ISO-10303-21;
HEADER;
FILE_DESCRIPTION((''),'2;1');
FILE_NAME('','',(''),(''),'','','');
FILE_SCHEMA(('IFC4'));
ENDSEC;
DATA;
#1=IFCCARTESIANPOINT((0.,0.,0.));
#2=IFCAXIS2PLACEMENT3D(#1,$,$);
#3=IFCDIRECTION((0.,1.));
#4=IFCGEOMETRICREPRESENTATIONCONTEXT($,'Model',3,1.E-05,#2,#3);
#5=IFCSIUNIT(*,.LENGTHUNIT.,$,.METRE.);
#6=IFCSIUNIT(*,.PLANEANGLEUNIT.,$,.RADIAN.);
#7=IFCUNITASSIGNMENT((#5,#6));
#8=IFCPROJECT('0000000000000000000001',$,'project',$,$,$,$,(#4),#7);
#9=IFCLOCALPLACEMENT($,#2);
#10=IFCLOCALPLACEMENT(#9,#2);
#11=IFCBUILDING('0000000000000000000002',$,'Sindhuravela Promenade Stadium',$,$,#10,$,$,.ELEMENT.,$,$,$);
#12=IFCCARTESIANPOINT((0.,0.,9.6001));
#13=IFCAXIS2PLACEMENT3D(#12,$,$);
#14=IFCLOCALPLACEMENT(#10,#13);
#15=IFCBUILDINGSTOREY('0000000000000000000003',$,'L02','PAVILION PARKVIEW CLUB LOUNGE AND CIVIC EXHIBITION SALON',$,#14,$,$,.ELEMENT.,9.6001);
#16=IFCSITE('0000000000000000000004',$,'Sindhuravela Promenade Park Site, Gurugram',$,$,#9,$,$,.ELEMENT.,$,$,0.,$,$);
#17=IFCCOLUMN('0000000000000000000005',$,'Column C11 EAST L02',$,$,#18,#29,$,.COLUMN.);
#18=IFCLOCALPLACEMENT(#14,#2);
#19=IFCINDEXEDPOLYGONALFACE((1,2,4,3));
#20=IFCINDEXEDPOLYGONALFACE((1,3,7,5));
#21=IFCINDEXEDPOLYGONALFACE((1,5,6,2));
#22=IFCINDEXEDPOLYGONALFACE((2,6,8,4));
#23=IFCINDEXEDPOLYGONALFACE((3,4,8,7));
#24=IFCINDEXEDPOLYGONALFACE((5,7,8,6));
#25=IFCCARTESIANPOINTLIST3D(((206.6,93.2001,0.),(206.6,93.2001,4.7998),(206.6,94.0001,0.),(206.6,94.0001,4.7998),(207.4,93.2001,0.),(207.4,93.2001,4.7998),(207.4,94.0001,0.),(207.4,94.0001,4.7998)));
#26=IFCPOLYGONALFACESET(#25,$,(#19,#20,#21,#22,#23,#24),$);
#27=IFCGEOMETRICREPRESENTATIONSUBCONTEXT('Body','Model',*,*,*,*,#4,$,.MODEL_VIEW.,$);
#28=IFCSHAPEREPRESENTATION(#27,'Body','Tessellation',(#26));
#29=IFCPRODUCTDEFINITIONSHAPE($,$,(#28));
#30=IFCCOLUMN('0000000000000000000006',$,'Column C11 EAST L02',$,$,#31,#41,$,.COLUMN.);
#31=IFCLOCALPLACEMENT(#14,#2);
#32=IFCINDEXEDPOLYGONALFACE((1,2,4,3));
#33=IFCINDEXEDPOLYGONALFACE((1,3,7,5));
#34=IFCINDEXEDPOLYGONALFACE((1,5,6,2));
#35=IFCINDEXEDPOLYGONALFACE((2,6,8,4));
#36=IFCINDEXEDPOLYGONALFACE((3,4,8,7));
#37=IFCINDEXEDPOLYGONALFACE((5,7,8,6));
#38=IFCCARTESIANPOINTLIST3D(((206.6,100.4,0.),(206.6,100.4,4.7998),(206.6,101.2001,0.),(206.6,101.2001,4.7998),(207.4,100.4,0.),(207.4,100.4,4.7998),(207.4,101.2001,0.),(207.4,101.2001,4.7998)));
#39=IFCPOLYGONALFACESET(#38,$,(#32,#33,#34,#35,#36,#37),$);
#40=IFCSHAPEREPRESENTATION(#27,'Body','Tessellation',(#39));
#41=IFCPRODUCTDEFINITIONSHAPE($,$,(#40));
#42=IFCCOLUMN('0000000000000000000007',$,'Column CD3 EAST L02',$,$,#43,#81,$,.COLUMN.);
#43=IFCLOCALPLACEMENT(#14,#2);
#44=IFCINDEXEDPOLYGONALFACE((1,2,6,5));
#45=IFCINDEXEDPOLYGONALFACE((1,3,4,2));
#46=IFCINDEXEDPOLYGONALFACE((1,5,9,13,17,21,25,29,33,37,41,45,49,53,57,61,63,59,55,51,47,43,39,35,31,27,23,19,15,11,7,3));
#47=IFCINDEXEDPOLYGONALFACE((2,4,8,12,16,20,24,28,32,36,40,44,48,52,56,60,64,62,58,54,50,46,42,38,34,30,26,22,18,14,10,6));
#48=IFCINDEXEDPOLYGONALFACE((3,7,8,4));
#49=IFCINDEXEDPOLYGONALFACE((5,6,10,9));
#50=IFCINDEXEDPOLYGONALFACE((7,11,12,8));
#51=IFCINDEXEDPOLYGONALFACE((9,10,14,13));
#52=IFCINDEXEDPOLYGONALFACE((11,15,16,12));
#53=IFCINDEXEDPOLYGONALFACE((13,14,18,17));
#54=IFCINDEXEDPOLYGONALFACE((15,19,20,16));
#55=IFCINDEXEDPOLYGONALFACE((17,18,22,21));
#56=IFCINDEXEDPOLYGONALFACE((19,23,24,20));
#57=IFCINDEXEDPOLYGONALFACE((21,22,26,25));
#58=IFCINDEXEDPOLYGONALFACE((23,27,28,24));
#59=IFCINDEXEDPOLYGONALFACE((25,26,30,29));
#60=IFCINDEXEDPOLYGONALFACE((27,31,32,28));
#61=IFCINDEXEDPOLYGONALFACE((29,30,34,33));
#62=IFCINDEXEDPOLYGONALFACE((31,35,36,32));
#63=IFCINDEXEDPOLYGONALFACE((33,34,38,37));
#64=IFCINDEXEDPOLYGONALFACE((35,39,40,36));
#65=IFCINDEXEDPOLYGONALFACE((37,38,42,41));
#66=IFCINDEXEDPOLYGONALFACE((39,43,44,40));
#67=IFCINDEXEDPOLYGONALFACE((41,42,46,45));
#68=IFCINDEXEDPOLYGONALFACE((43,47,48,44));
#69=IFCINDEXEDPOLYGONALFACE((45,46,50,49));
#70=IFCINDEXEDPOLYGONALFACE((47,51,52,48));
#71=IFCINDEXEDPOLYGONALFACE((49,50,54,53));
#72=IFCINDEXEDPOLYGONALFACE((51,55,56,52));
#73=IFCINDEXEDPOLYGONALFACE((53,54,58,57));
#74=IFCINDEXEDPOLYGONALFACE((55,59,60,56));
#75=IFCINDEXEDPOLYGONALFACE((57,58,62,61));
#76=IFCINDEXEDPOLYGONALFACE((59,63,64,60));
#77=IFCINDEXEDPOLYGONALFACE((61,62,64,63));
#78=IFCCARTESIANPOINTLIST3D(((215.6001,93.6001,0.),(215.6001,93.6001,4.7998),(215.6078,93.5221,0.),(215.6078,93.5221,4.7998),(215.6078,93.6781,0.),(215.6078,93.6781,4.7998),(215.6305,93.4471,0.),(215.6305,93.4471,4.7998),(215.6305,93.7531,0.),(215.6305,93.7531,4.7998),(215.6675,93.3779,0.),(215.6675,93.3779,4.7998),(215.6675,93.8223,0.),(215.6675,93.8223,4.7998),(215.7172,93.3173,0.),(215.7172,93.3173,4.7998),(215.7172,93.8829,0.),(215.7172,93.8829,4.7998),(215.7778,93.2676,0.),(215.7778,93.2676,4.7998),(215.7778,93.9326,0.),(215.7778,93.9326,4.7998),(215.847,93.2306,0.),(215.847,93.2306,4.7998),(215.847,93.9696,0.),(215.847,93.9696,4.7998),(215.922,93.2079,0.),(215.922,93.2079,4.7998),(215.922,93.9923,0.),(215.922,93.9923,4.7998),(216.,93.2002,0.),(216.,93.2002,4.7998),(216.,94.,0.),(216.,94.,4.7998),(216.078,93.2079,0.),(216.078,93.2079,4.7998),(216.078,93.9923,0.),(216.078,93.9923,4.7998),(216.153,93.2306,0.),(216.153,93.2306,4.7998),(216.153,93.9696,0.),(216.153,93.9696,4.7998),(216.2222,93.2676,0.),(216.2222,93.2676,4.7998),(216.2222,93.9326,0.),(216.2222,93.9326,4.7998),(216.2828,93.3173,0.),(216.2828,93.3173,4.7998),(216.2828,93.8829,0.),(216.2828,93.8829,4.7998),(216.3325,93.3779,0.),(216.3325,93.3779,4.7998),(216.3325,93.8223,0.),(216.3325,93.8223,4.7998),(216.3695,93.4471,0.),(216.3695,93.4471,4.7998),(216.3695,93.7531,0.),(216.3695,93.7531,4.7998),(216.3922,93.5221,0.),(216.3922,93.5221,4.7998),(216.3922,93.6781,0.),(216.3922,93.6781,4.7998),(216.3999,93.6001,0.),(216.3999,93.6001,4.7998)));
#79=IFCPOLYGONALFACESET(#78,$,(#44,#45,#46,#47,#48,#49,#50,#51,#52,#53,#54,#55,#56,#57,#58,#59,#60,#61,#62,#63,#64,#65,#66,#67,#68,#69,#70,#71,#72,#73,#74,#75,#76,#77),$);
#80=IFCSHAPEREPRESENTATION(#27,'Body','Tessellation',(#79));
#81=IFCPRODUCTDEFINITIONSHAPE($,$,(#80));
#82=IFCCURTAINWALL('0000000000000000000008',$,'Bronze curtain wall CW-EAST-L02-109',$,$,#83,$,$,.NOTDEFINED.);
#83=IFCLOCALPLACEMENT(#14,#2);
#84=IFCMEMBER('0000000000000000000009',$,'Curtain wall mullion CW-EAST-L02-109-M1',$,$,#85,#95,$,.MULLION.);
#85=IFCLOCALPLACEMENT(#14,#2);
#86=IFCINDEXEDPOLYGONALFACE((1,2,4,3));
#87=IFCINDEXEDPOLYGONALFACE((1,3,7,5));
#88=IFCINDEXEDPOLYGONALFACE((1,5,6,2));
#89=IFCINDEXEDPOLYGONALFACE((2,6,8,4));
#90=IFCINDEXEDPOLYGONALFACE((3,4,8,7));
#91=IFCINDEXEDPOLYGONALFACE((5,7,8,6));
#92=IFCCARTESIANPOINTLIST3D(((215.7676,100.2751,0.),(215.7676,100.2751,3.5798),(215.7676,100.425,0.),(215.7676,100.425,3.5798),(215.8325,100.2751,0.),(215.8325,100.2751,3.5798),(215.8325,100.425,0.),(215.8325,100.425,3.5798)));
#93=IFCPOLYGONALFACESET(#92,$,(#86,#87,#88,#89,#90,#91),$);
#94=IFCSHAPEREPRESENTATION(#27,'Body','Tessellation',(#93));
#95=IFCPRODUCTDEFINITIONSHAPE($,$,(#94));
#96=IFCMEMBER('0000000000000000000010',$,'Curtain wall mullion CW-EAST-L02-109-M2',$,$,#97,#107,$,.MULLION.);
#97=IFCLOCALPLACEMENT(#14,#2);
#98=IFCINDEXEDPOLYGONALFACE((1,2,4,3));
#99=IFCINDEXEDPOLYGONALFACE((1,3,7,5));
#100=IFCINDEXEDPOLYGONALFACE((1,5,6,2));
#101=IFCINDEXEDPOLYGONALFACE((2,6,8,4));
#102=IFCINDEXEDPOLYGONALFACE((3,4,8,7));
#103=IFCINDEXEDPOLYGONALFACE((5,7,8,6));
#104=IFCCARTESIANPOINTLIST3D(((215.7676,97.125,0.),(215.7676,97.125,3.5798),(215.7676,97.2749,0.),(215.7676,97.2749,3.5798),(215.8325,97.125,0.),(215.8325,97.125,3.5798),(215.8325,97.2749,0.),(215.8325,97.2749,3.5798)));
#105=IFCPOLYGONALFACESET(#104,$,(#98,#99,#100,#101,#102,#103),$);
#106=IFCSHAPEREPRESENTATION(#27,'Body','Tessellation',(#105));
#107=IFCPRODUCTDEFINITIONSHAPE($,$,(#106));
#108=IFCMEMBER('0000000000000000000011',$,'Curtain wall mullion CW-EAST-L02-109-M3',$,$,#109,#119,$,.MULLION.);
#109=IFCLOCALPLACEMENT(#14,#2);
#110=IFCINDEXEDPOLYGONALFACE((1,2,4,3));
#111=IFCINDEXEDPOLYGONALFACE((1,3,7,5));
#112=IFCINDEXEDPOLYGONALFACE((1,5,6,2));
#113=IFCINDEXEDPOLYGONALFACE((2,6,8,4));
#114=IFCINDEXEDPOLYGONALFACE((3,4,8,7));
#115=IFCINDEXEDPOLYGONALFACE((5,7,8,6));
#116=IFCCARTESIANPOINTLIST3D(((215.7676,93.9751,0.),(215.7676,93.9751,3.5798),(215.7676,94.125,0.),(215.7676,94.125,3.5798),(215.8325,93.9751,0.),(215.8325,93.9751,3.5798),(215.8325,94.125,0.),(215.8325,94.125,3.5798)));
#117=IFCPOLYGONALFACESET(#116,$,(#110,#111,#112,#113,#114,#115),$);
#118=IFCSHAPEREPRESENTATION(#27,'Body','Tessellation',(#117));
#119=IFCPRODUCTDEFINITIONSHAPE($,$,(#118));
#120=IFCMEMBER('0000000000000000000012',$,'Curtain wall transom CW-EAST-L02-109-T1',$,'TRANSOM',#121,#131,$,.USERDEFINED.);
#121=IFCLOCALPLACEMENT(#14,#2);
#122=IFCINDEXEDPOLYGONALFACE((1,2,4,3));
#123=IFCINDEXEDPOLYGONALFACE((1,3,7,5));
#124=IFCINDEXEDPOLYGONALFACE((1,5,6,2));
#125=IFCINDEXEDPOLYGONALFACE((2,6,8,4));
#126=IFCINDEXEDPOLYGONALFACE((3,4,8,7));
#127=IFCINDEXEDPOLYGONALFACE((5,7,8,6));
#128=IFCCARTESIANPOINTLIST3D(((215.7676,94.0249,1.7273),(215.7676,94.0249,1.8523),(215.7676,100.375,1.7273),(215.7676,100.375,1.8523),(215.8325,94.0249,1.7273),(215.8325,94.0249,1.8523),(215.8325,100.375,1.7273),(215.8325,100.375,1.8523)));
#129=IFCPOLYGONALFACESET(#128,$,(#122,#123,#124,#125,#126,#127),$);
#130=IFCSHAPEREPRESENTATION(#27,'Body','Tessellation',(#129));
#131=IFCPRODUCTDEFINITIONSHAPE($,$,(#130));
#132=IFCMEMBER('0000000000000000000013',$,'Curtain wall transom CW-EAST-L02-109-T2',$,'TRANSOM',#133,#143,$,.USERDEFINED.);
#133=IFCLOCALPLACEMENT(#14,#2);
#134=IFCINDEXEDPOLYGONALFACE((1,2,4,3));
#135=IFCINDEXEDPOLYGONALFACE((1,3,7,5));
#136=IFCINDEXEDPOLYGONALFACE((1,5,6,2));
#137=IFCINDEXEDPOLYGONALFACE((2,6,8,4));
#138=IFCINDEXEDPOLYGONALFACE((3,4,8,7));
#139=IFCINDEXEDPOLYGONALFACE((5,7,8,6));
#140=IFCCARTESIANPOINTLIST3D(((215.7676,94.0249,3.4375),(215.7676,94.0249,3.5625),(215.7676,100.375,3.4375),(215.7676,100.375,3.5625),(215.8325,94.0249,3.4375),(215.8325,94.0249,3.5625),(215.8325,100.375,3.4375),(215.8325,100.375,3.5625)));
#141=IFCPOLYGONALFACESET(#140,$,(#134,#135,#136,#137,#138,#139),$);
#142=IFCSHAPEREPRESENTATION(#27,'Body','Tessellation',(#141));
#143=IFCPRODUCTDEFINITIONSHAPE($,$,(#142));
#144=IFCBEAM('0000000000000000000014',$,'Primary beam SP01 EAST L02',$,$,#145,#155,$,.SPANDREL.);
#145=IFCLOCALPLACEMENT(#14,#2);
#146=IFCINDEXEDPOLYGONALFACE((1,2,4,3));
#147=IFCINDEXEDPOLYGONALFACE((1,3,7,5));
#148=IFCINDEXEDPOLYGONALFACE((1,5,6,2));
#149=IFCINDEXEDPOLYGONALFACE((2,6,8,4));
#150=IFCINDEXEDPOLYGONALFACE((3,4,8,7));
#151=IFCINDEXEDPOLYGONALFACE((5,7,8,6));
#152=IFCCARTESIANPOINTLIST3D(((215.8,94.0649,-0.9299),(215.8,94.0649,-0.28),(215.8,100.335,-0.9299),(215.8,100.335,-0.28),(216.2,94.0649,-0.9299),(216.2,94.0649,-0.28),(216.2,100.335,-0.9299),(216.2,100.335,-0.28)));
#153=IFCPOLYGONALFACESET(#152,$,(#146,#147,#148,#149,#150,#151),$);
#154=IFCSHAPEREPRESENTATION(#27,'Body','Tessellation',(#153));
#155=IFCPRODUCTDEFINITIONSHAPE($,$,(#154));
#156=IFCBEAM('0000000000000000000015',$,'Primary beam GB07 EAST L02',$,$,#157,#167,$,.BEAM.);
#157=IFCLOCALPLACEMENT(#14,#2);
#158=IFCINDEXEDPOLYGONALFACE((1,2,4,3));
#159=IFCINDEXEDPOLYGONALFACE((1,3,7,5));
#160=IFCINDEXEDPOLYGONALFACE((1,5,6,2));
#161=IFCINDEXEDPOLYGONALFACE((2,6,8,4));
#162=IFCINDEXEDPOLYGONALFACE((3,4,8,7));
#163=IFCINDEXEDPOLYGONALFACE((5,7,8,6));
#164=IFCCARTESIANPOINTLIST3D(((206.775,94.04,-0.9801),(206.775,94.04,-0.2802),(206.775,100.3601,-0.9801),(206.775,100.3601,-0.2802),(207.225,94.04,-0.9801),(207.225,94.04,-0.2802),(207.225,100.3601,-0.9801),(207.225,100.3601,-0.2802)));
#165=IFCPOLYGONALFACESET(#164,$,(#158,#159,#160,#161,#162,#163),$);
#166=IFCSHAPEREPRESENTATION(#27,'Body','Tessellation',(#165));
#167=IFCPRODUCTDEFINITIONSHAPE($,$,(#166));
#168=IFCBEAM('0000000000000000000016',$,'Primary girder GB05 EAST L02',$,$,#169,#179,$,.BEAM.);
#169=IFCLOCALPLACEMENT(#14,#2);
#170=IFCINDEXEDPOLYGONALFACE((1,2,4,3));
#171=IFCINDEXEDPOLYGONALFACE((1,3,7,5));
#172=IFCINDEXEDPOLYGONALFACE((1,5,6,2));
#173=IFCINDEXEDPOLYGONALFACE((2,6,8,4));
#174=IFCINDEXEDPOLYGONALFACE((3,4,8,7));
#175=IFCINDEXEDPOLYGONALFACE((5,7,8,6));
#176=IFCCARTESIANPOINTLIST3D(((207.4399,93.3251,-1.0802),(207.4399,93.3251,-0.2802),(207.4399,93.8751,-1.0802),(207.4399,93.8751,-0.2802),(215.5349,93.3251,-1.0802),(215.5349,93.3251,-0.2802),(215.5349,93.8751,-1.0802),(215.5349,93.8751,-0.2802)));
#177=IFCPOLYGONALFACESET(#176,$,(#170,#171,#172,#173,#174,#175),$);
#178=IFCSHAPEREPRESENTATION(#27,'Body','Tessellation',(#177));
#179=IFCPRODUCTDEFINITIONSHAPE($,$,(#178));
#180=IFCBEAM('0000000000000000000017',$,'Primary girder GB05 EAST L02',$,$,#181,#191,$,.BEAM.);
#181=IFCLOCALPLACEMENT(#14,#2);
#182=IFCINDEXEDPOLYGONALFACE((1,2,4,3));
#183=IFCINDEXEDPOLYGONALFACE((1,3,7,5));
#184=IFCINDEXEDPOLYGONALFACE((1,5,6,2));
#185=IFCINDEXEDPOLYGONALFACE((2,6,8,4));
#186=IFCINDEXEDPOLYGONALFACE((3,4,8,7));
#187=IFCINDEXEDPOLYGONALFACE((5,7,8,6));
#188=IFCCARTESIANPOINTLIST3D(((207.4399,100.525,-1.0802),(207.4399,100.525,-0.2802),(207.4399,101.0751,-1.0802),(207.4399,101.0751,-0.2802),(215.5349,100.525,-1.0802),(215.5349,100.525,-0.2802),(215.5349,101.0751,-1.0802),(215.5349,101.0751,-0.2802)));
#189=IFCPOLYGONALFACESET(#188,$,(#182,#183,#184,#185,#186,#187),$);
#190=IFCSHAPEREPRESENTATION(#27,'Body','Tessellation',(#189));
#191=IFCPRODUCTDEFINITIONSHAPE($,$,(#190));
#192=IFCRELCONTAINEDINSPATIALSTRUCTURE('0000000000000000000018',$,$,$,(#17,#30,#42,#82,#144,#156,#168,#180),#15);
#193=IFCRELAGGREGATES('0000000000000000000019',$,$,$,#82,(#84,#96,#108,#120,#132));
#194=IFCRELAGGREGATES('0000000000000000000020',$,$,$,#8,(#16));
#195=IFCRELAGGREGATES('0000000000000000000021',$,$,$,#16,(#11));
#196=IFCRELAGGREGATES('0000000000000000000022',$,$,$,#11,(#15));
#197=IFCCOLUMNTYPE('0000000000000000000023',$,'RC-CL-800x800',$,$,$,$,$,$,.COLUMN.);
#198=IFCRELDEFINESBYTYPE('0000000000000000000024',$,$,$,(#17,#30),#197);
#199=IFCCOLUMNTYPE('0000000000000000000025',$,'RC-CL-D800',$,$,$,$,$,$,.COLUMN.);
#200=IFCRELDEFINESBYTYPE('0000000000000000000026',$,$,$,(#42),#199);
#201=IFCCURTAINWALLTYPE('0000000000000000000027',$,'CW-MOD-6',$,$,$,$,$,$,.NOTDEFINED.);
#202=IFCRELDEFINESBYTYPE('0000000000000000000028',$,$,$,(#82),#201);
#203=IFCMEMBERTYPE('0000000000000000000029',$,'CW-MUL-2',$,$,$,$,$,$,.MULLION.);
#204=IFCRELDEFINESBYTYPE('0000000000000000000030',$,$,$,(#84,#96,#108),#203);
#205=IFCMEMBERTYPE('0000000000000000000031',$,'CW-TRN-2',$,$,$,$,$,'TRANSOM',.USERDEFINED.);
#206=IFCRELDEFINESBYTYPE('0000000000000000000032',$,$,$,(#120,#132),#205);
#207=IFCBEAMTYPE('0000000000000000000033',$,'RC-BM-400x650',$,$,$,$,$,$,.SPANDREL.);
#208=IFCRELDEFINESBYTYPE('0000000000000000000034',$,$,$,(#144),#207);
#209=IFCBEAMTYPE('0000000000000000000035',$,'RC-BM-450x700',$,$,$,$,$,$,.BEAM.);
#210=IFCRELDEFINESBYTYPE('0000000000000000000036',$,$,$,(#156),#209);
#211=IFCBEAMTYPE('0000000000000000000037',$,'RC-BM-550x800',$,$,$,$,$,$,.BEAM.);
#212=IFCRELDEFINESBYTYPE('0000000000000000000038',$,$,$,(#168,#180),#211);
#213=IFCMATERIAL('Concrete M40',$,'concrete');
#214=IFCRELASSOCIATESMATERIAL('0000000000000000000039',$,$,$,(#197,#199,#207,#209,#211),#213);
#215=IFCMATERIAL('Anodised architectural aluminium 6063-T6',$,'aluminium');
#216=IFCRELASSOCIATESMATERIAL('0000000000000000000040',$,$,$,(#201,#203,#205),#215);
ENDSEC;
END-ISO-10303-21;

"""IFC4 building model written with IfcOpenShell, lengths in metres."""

from ifc_helpers import new_model, si_unit, direction, frame, origin, origin_2d, place, context, subcontext, project, spatial, rectangle, circle, extrude, material, material_profile, profile_set, type_object, element, aggregate, save


model = new_model("IFC4")

# Units and contexts
model_context = context("Model", 3, precision=1e-05, world=origin(), true_north=direction((0.0, 1.0)))
body_context = subcontext(model_context, "Body", "Model", "MODEL_VIEW")
ifc_project = project(units=[si_unit("LENGTHUNIT", "METRE"), si_unit("PLANEANGLEUNIT", "RADIAN")], contexts=[model_context])

# Site, building, storey
site_placement = place(None, origin())
site = spatial("IfcSite", under=ifc_project, at=site_placement, Name="Sindhuravela Promenade Park Site, Gurugram", CompositionType="ELEMENT", RefElevation=0.0)
building_placement = place(site_placement, origin())
building = spatial("IfcBuilding", under=site, at=building_placement, Name="Sindhuravela Promenade Stadium", CompositionType="ELEMENT")
storey_placement = place(building_placement, frame((0.0, 0.0, 9.6001)))
storey = spatial("IfcBuildingStorey", under=building, at=storey_placement, Name="L02", Description="PAVILION PARKVIEW CLUB LOUNGE AND CIVIC EXHIBITION SALON", CompositionType="ELEMENT", Elevation=9.6001)

# Columns
ifc_material_1 = material(Name="Concrete M40", Category="concrete")
ifc_material_profile_1 = material_profile(ifc_material_1, rectangle(XDim=0.8, YDim=0.8, at=origin_2d()), Name="RC 800x800")
ifc_profile_set_1 = profile_set([ifc_material_profile_1], Name="Concrete M40")
column_type_1 = type_object("IfcColumnType", Name="RC-CL-800x800", PredefinedType="COLUMN", material=ifc_profile_set_1)
for number, where, z_axis, x_axis, name in (
    (1, (207.0, 93.6001, 0.0), (0.0, 0.0, 1.0), (1.0, 0.0, 0.0), "Column C11 EAST L02"),
    (2, (207.0, 100.8, 0.0), (0.0, 0.0, 1.0), (1.0, 0.0, 0.0), "Column C11 EAST L02"),
):
    element("IfcColumn", number, at=place(storey_placement, frame(where, z_axis=z_axis, x_axis=x_axis)), inside=storey, type_object=column_type_1, Name=name, PredefinedType="COLUMN", context=body_context, shape_type="SweptSolid", body=[
        extrude(rectangle(XDim=0.8, YDim=0.8, at=origin_2d()), origin(), (0.0, 0.0, 1.0), 4.7998),
    ])
ifc_material_profile_2 = material_profile(ifc_material_1, circle(Radius=0.3999, at=origin_2d()), Name="RC D800")
ifc_profile_set_2 = profile_set([ifc_material_profile_2], Name="Concrete M40")
column_type_2 = type_object("IfcColumnType", Name="RC-CL-D800", PredefinedType="COLUMN", material=ifc_profile_set_2)
column_placement = place(storey_placement, frame((216.0, 93.6001, 0.0), z_axis=(0.0, 0.0, 1.0), x_axis=(1.0, 0.0, 0.0)))
element("IfcColumn", 3, at=column_placement, inside=storey, type_object=column_type_2, Name="Column CD3 EAST L02", PredefinedType="COLUMN", context=body_context, shape_type="SweptSolid", body=[
    extrude(circle(Radius=0.3999, at=origin_2d()), origin(), (0.0, 0.0, 1.0), 4.7998),
])

# Curtain wall, members
ifc_material_2 = material(Name="Anodised architectural aluminium 6063-T6", Category="aluminium")
curtain_wall_type = type_object("IfcCurtainWallType", Name="CW-MOD-6", PredefinedType="NOTDEFINED", material=ifc_material_2)
curtain_wall_placement = place(storey_placement, origin())
curtain_wall = element("IfcCurtainWall", 4, at=curtain_wall_placement, inside=storey, type_object=curtain_wall_type, Name="Bronze curtain wall CW-EAST-L02-109", PredefinedType="NOTDEFINED")
ifc_material_profile_3 = material_profile(ifc_material_2, rectangle(XDim=0.0649, YDim=0.1499, at=origin_2d()), Name="ALU MULL 65x150")
ifc_profile_set_3 = profile_set([ifc_material_profile_3], Name="Anodised architectural aluminium 6063-T6")
member_type_1 = type_object("IfcMemberType", Name="CW-MUL-2", PredefinedType="MULLION", material=ifc_profile_set_3)
member_1_placement = place(storey_placement, frame((215.8, 100.3501, 0.0), z_axis=(0.0, 0.0, 1.0), x_axis=(1.0, 0.0, 0.0)))
member_1 = element("IfcMember", 5, at=member_1_placement, type_object=member_type_1, Name="Curtain wall mullion CW-EAST-L02-109-M1", PredefinedType="MULLION", context=body_context, shape_type="SweptSolid", body=[
    extrude(rectangle(XDim=0.0649, YDim=0.1499, at=origin_2d()), origin(), (0.0, 0.0, 1.0), 3.5798),
])
member_2_placement = place(storey_placement, frame((215.8, 97.2, 0.0), z_axis=(0.0, 0.0, 1.0), x_axis=(1.0, 0.0, 0.0)))
member_2 = element("IfcMember", 6, at=member_2_placement, type_object=member_type_1, Name="Curtain wall mullion CW-EAST-L02-109-M2", PredefinedType="MULLION", context=body_context, shape_type="SweptSolid", body=[
    extrude(rectangle(XDim=0.0649, YDim=0.1499, at=origin_2d()), origin(), (0.0, 0.0, 1.0), 3.5798),
])
member_3_placement = place(storey_placement, frame((215.8, 94.05, 0.0), z_axis=(0.0, 0.0, 1.0), x_axis=(1.0, 0.0, 0.0)))
member_3 = element("IfcMember", 7, at=member_3_placement, type_object=member_type_1, Name="Curtain wall mullion CW-EAST-L02-109-M3", PredefinedType="MULLION", context=body_context, shape_type="SweptSolid", body=[
    extrude(rectangle(XDim=0.0649, YDim=0.1499, at=origin_2d()), origin(), (0.0, 0.0, 1.0), 3.5798),
])
ifc_material_profile_4 = material_profile(ifc_material_2, rectangle(XDim=0.0649, YDim=0.125, at=origin_2d()), Name="ALU TRAN 65x125")
ifc_profile_set_4 = profile_set([ifc_material_profile_4], Name="Anodised architectural aluminium 6063-T6")
member_type_2 = type_object("IfcMemberType", Name="CW-TRN-2", ElementType="TRANSOM", PredefinedType="USERDEFINED", material=ifc_profile_set_4)
member_4_placement = place(storey_placement, frame((215.8, 100.375, 1.7898), z_axis=(0.0, -1.0, 0.0), x_axis=(1.0, 0.0, 0.0)))
member_4 = element("IfcMember", 8, at=member_4_placement, type_object=member_type_2, Name="Curtain wall transom CW-EAST-L02-109-T1", ObjectType="TRANSOM", PredefinedType="USERDEFINED", context=body_context, shape_type="SweptSolid", body=[
    extrude(rectangle(XDim=0.0649, YDim=0.125, at=origin_2d()), origin(), (0.0, 0.0, 1.0), 6.3501),
])
member_5_placement = place(storey_placement, frame((215.8, 100.375, 3.5), z_axis=(0.0, -1.0, 0.0), x_axis=(1.0, 0.0, 0.0)))
member_5 = element("IfcMember", 9, at=member_5_placement, type_object=member_type_2, Name="Curtain wall transom CW-EAST-L02-109-T2", ObjectType="TRANSOM", PredefinedType="USERDEFINED", context=body_context, shape_type="SweptSolid", body=[
    extrude(rectangle(XDim=0.0649, YDim=0.125, at=origin_2d()), origin(), (0.0, 0.0, 1.0), 6.3501),
])

# Beams
ifc_material_profile_5 = material_profile(ifc_material_1, rectangle(XDim=0.3999, YDim=0.6499, at=origin_2d()), Name="RC 400x650")
ifc_profile_set_5 = profile_set([ifc_material_profile_5], Name="Concrete M40")
beam_type_1 = type_object("IfcBeamType", Name="RC-BM-400x650", PredefinedType="SPANDREL", material=ifc_profile_set_5)
beam_1_placement = place(storey_placement, frame((216.0, 94.0649, -0.605), z_axis=(0.0, 1.0, 0.0), x_axis=(-1.0, 0.0, 0.0)))
element("IfcBeam", 10, at=beam_1_placement, inside=storey, type_object=beam_type_1, Name="Primary beam SP01 EAST L02", PredefinedType="SPANDREL", context=body_context, shape_type="SweptSolid", body=[
    extrude(rectangle(XDim=0.3999, YDim=0.6499, at=origin_2d()), origin(), (0.0, 0.0, 1.0), 6.27),
])
ifc_material_profile_6 = material_profile(ifc_material_1, rectangle(XDim=0.45, YDim=0.7, at=origin_2d()), Name="RC 450x700")
ifc_profile_set_6 = profile_set([ifc_material_profile_6], Name="Concrete M40")
beam_type_2 = type_object("IfcBeamType", Name="RC-BM-450x700", PredefinedType="BEAM", material=ifc_profile_set_6)
beam_2_placement = place(storey_placement, frame((207.0, 94.04, -0.6301), z_axis=(0.0, 1.0, 0.0), x_axis=(-1.0, 0.0, 0.0)))
element("IfcBeam", 11, at=beam_2_placement, inside=storey, type_object=beam_type_2, Name="Primary beam GB07 EAST L02", PredefinedType="BEAM", context=body_context, shape_type="SweptSolid", body=[
    extrude(rectangle(XDim=0.45, YDim=0.7, at=origin_2d()), origin(), (0.0, 0.0, 1.0), 6.3201),
])
ifc_material_profile_7 = material_profile(ifc_material_1, rectangle(XDim=0.55, YDim=0.8, at=origin_2d()), Name="RC 550x800")
ifc_profile_set_7 = profile_set([ifc_material_profile_7], Name="Concrete M40")
beam_type_3 = type_object("IfcBeamType", Name="RC-BM-550x800", PredefinedType="BEAM", material=ifc_profile_set_7)
for number, where, z_axis, x_axis, name in (
    (12, (207.4399, 93.6001, -0.6802), (1.0, 0.0, 0.0), (0.0, 1.0, 0.0), "Primary girder GB05 EAST L02"),
    (13, (207.4399, 100.8, -0.6802), (1.0, 0.0, 0.0), (0.0, 1.0, 0.0), "Primary girder GB05 EAST L02"),
):
    element("IfcBeam", number, at=place(storey_placement, frame(where, z_axis=z_axis, x_axis=x_axis)), inside=storey, type_object=beam_type_3, Name=name, PredefinedType="BEAM", context=body_context, shape_type="SweptSolid", body=[
        extrude(rectangle(XDim=0.55, YDim=0.8, at=origin_2d()), origin(), (0.0, 0.0, 1.0), 8.095),
    ])

aggregate(curtain_wall, [member_1, member_2, member_3, member_4, member_5])

save(model, "model.ifc")
